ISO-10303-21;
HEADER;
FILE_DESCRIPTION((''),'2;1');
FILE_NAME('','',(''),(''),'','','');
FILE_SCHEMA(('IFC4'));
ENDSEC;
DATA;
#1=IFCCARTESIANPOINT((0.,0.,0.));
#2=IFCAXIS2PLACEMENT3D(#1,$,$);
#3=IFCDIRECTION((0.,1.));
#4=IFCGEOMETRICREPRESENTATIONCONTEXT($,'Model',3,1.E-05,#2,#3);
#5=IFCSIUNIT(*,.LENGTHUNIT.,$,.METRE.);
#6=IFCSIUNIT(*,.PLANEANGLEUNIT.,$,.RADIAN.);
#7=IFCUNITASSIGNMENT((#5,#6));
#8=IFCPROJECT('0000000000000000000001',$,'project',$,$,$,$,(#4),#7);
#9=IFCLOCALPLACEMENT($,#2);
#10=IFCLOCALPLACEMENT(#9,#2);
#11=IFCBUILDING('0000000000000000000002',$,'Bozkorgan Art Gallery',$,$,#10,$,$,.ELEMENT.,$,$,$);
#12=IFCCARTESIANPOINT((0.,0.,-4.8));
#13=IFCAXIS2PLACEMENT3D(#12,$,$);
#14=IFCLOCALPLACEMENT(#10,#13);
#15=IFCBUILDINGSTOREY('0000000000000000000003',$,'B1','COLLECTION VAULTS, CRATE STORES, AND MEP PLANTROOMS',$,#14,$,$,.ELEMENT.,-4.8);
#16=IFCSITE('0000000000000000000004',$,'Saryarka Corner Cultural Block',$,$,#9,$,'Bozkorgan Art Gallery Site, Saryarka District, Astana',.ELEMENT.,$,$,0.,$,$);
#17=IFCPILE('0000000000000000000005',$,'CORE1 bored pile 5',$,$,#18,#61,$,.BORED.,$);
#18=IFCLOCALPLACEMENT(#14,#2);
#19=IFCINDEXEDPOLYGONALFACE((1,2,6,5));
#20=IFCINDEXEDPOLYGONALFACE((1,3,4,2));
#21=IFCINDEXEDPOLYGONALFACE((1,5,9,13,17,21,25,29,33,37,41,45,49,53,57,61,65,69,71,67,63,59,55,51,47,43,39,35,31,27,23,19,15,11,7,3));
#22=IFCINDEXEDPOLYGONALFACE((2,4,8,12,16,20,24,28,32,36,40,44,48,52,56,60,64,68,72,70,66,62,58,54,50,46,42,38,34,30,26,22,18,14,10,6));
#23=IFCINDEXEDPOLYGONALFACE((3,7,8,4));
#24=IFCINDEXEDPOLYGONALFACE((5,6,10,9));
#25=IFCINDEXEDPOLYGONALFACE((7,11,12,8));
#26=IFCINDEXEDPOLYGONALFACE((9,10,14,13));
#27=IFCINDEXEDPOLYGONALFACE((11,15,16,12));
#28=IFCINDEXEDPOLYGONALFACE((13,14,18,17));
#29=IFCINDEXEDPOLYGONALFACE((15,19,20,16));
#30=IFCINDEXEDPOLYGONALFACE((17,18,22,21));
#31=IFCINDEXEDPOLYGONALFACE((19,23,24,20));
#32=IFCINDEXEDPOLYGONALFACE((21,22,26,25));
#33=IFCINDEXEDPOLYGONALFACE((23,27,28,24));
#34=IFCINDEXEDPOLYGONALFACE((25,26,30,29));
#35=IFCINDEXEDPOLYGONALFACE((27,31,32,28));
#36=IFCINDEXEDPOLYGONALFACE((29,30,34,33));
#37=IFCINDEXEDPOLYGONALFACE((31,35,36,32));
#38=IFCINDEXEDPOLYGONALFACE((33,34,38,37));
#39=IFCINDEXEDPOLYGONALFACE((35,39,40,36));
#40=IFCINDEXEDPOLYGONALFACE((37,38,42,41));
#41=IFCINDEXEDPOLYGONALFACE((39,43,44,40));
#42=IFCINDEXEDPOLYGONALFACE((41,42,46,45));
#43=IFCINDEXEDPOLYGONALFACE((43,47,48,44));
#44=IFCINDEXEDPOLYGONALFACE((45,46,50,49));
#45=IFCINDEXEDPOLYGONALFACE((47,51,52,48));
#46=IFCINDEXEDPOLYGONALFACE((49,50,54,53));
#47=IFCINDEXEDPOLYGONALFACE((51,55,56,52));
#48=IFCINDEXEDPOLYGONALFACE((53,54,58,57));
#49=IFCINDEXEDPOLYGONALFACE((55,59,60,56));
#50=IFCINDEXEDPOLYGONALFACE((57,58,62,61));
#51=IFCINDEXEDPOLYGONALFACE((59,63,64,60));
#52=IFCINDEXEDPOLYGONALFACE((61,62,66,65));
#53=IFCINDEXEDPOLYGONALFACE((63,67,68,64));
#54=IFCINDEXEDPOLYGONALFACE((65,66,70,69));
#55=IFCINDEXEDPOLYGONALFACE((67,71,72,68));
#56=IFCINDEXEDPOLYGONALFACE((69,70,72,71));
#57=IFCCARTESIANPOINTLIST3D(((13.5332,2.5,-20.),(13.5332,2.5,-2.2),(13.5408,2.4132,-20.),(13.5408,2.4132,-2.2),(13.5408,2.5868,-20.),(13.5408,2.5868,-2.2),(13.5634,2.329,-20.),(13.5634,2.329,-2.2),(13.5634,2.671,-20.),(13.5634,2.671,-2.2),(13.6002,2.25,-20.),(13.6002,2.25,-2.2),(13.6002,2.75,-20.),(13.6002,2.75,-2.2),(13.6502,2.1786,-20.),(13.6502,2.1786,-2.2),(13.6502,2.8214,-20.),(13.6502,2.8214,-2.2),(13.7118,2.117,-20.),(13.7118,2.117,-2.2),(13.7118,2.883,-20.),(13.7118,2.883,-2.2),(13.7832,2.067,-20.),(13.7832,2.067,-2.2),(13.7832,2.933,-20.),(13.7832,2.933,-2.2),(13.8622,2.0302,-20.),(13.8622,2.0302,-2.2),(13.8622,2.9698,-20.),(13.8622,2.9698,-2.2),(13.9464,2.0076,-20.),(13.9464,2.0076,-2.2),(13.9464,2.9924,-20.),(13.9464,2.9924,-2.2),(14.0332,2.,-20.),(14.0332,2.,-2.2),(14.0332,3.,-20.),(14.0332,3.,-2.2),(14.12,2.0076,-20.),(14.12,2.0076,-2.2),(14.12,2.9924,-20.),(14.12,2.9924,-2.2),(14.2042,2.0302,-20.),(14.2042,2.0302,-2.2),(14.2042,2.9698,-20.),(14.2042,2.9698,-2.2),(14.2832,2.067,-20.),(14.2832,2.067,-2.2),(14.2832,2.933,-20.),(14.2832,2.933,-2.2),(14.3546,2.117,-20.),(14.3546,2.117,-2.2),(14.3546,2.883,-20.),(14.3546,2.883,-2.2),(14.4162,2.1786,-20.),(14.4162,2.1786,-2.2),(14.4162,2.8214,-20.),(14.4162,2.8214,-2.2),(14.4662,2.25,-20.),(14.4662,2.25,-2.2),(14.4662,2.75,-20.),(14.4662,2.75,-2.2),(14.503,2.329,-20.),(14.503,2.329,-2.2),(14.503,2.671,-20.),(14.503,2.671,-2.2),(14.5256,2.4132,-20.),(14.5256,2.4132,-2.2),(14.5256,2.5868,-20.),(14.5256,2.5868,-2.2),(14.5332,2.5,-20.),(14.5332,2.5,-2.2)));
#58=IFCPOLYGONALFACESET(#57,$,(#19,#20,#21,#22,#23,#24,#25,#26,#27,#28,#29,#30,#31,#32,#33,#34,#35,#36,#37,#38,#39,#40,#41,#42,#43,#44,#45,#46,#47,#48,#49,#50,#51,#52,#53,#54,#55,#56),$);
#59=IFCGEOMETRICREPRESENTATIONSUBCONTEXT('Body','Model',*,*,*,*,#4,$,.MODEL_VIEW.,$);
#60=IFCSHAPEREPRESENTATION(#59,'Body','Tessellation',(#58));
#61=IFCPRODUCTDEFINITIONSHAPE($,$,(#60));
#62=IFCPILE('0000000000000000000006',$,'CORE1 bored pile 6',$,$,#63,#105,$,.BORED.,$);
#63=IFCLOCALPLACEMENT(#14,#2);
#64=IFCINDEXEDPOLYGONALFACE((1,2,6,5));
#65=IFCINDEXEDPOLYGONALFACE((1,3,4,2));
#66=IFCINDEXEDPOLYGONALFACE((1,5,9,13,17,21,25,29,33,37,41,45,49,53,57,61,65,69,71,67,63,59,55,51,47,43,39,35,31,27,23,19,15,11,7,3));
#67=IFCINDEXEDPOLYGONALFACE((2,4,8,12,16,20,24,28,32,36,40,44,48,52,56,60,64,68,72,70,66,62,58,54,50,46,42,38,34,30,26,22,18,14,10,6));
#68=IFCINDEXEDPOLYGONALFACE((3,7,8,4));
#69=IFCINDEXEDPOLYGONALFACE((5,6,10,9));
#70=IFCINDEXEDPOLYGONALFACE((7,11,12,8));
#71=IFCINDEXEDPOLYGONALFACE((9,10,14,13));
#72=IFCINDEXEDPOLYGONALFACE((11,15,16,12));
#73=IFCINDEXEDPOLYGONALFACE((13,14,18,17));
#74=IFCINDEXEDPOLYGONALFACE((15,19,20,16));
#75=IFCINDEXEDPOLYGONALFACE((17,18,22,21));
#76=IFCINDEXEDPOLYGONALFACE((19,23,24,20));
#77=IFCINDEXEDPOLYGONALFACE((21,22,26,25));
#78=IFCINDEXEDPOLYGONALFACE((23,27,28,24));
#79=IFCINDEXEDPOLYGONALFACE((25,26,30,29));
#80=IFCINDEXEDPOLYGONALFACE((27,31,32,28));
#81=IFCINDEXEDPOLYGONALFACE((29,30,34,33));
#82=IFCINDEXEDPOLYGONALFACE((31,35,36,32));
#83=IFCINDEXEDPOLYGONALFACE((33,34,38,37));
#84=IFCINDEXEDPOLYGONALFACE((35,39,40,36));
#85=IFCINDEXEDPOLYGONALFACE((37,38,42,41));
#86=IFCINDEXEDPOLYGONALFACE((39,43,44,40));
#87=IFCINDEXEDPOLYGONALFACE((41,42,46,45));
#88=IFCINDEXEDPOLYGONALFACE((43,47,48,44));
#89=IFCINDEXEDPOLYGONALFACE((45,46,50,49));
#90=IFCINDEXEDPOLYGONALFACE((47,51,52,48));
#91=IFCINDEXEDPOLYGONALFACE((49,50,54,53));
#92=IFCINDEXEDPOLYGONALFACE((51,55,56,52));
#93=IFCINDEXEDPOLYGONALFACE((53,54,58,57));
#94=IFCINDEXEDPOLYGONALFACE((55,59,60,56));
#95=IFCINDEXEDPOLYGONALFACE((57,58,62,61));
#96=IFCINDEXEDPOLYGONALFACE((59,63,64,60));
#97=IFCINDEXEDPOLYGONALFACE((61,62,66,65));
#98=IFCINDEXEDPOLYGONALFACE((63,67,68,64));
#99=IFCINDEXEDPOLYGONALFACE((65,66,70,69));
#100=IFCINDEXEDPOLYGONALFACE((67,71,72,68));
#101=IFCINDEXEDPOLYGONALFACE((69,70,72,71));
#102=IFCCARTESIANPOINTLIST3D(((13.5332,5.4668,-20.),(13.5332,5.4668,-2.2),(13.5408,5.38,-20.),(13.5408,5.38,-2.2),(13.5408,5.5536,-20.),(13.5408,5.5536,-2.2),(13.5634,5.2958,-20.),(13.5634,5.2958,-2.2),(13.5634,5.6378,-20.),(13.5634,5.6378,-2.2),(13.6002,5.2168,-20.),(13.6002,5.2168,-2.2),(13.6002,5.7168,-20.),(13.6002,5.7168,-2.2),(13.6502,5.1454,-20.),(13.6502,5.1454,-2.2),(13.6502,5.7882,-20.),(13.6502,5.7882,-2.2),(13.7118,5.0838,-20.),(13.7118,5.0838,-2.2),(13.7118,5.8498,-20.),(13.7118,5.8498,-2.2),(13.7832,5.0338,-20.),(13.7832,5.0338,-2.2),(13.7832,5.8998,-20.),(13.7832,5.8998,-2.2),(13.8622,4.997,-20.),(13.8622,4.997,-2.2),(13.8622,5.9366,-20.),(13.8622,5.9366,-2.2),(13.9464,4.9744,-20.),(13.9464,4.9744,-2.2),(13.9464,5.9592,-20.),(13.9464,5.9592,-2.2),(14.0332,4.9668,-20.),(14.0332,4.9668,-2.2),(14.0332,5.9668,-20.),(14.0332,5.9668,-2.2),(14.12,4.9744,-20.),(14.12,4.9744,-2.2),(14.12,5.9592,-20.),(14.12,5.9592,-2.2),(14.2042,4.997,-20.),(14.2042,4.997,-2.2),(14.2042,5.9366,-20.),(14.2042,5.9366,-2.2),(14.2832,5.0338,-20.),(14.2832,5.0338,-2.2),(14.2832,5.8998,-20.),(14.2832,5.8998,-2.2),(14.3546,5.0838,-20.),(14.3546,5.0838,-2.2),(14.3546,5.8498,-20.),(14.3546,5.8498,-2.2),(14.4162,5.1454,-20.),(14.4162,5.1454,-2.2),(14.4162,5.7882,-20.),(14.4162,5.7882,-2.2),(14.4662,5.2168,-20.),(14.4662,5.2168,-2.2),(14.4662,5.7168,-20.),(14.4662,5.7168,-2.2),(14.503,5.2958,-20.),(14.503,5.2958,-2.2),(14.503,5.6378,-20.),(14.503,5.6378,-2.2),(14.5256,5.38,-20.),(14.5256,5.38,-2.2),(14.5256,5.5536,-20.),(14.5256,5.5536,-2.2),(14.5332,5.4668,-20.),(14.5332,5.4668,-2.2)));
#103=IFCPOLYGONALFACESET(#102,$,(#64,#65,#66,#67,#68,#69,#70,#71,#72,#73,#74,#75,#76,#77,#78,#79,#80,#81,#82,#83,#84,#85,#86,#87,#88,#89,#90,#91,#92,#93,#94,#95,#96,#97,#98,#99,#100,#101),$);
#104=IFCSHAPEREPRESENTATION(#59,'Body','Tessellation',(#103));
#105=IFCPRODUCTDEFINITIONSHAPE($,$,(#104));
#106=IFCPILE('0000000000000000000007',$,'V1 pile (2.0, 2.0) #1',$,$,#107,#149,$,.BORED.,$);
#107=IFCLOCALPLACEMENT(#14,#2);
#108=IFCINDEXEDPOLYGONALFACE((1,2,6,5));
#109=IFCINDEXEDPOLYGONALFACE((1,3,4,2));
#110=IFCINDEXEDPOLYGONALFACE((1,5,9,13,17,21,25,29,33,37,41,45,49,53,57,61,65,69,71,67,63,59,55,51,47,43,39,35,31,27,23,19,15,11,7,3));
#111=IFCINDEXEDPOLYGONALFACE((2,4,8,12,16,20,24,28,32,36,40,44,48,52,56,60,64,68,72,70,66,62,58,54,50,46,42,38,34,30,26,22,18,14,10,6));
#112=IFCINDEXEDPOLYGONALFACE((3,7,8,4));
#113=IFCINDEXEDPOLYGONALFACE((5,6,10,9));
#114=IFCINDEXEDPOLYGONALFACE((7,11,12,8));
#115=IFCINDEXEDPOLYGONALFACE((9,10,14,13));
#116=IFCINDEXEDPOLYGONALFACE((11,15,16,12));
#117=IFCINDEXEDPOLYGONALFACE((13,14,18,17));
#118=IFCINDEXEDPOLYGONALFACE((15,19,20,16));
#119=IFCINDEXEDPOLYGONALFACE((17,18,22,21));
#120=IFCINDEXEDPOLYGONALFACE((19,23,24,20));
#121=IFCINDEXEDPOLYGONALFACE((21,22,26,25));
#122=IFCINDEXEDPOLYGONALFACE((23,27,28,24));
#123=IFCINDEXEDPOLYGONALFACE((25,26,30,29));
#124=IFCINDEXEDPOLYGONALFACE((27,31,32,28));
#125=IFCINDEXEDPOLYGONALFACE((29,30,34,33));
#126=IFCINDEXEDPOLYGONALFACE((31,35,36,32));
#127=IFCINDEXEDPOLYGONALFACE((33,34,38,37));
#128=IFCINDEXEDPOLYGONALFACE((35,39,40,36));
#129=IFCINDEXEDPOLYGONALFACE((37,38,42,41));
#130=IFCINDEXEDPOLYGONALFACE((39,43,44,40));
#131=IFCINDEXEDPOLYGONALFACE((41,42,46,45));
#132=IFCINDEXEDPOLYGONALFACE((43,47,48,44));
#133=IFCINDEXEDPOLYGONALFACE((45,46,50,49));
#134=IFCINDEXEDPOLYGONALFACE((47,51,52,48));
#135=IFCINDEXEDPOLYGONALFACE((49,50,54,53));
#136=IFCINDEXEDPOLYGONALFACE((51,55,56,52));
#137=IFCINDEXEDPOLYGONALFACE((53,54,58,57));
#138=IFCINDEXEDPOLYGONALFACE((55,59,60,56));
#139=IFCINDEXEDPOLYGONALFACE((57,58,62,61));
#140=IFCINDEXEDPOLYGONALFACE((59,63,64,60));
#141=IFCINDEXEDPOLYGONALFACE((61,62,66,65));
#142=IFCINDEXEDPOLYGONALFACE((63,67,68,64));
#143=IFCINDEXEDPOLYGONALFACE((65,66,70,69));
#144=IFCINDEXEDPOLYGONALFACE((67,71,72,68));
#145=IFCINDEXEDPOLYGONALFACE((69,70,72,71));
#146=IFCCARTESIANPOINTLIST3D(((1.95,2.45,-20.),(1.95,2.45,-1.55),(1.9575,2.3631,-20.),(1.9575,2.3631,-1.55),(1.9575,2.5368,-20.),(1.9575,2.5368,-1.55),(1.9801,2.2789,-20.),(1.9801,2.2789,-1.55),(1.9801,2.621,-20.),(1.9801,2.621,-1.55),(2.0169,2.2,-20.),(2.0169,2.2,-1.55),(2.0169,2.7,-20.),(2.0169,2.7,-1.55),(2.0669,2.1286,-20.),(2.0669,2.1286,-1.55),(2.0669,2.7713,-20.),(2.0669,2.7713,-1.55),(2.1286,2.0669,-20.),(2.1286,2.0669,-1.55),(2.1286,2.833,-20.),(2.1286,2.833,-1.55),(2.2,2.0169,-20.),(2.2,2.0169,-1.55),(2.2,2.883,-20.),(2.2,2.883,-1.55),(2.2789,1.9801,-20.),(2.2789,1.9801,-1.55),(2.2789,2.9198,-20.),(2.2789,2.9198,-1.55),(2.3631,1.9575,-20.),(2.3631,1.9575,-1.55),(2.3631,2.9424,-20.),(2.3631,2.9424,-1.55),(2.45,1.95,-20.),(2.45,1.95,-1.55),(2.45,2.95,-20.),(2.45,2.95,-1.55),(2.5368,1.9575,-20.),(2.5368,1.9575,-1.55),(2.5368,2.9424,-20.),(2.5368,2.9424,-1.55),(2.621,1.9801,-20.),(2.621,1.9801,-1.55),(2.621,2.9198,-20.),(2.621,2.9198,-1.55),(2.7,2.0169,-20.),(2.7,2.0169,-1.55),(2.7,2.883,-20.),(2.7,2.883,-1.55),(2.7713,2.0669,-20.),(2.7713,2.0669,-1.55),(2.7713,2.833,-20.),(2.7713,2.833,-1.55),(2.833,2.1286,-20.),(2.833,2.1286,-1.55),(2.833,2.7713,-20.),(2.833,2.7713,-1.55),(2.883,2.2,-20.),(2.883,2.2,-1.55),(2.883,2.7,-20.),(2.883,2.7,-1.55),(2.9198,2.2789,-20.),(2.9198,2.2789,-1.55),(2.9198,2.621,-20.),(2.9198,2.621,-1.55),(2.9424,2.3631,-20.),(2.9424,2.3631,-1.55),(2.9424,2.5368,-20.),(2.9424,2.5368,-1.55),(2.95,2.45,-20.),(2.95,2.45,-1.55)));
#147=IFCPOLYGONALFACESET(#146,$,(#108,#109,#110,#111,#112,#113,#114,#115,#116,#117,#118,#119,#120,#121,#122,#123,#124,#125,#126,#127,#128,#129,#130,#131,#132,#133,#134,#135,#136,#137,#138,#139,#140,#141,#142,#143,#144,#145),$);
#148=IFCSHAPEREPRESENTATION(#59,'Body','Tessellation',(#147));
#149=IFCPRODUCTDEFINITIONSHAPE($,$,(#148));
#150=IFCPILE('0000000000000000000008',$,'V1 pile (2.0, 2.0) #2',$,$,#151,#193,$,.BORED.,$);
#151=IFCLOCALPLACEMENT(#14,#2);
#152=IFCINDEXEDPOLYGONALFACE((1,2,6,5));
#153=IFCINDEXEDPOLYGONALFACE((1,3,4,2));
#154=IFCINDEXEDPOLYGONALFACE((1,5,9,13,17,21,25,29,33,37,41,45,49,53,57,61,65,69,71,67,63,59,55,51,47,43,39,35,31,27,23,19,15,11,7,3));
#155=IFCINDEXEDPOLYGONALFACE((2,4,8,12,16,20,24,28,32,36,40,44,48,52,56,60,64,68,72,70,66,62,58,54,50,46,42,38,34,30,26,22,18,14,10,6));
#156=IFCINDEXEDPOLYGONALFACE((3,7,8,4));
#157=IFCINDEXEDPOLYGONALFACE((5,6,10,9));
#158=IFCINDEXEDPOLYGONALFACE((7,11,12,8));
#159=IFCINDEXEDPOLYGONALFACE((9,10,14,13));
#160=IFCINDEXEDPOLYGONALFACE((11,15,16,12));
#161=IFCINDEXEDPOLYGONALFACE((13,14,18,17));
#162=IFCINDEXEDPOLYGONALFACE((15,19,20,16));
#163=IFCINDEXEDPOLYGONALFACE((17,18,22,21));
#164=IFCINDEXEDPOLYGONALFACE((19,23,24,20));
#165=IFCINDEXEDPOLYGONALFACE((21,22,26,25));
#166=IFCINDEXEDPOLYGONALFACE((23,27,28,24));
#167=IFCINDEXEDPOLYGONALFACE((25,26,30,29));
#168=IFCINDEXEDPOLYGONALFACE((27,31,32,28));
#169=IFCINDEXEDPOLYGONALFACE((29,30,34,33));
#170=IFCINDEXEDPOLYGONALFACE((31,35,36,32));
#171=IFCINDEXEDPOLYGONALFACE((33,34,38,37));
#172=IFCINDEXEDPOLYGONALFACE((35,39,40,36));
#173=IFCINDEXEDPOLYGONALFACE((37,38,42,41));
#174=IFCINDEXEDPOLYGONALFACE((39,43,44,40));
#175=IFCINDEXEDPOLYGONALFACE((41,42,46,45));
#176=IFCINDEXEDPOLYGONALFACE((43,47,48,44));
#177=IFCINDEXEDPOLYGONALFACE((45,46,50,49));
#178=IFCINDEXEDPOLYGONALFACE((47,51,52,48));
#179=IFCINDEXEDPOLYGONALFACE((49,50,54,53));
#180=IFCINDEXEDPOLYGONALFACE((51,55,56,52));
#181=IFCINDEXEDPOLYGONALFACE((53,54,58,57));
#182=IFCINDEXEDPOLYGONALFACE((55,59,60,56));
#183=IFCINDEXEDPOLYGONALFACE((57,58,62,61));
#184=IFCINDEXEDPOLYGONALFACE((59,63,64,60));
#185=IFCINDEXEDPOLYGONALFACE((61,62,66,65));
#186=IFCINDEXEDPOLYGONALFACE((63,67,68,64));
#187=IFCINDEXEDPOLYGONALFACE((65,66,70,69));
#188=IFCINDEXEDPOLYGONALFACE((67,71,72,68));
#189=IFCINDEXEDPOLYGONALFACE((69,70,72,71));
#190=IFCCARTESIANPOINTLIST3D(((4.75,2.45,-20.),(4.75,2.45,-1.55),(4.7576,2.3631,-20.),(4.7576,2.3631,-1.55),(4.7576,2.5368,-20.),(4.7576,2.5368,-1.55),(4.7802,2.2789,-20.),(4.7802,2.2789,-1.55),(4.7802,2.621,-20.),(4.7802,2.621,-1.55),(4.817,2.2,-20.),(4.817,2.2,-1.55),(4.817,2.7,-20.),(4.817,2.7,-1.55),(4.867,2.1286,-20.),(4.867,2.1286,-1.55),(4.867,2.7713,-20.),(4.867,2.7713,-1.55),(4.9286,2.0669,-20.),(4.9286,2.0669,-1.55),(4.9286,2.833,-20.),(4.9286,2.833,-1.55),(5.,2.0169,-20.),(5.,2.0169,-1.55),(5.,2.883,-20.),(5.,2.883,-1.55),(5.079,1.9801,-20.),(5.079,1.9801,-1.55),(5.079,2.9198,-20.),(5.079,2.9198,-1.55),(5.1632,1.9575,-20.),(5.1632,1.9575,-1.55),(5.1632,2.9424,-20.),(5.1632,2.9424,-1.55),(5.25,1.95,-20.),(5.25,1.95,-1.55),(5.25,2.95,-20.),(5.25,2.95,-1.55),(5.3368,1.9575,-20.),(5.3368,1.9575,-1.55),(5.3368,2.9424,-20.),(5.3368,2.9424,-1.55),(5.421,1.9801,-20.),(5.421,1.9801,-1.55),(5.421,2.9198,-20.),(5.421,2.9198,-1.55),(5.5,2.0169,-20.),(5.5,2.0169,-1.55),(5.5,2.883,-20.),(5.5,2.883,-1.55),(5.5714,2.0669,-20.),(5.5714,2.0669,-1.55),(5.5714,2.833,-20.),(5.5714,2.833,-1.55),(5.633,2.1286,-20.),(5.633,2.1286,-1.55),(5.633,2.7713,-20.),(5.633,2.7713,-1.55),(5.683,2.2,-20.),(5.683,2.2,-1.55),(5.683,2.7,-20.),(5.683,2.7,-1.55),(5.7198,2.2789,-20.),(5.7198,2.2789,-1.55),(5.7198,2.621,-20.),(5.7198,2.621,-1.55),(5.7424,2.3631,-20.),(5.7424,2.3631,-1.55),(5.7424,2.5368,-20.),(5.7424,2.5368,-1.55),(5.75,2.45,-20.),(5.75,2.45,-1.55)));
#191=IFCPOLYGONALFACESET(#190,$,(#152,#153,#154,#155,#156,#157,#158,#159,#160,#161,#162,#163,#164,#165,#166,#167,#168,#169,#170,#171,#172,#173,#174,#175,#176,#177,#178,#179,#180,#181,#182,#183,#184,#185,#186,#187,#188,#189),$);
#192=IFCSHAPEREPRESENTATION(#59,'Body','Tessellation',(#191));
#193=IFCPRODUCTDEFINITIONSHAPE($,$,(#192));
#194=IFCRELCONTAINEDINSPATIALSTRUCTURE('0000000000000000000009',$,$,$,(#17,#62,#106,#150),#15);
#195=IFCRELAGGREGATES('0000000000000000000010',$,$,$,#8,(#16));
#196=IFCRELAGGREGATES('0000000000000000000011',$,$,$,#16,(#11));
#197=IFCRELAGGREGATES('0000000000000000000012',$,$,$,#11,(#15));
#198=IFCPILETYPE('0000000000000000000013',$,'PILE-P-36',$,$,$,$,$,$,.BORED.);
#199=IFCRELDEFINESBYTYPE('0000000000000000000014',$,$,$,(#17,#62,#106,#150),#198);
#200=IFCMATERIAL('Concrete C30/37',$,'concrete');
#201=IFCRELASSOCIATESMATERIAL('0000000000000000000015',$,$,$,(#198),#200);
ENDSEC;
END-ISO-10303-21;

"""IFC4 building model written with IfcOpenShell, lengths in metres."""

from ifc_helpers import new_model, si_unit, direction, frame, origin, origin_2d, place, context, subcontext, project, spatial, circle, extrude, material, material_profile, profile_set, type_object, element, save


model = new_model("IFC4")

# Units and contexts
model_context = context("Model", 3, precision=1e-05, world=origin(), true_north=direction((0.0, 1.0)))
body_context = subcontext(model_context, "Body", "Model", "MODEL_VIEW")
ifc_project = project(units=[si_unit("LENGTHUNIT", "METRE"), si_unit("PLANEANGLEUNIT", "RADIAN")], contexts=[model_context])

# Site, building, storey
site_placement = place(None, origin())
site = spatial("IfcSite", under=ifc_project, at=site_placement, Name="Saryarka Corner Cultural Block", LongName="Bozkorgan Art Gallery Site, Saryarka District, Astana", CompositionType="ELEMENT", RefElevation=0.0)
building_placement = place(site_placement, origin())
building = spatial("IfcBuilding", under=site, at=building_placement, Name="Bozkorgan Art Gallery", CompositionType="ELEMENT")
storey_placement = place(building_placement, frame((0.0, 0.0, -4.8)))
storey = spatial("IfcBuildingStorey", under=building, at=storey_placement, Name="B1", Description="COLLECTION VAULTS, CRATE STORES, AND MEP PLANTROOMS", CompositionType="ELEMENT", Elevation=-4.8)

# Shared definitions
ifc_material_1 = material(Name="Concrete C30/37", Category="concrete")

# Piles
ifc_material_profile_1 = material_profile(ifc_material_1, circle(Radius=0.5, at=origin_2d()), Name="PILE D1000")
ifc_profile_set_1 = profile_set([ifc_material_profile_1], Name="Concrete C30/37")
pile_type = type_object("IfcPileType", Name="PILE-P-36", PredefinedType="BORED", material=ifc_profile_set_1)
for number, where, z_axis, x_axis, name in (
    (1, (14.0332, 2.5, -2.2), (0.0, 0.0, -1.0), (1.0, 0.0, 0.0), "CORE1 bored pile 5"),
    (2, (14.0332, 5.4668, -2.2), (0.0, 0.0, -1.0), (1.0, 0.0, 0.0), "CORE1 bored pile 6"),
):
    element("IfcPile", number, at=place(storey_placement, frame(where, z_axis=z_axis, x_axis=x_axis)), inside=storey, type_object=pile_type, Name=name, PredefinedType="BORED", context=body_context, shape_type="SweptSolid", body=[
        extrude(circle(Radius=0.5, at=origin_2d()), origin(), (0.0, 0.0, 1.0), 17.8),
    ])
for number, where, z_axis, x_axis, name in (
    (3, (2.45, 2.45, -1.55), (0.0, 0.0, -1.0), (1.0, 0.0, 0.0), "V1 pile (2.0, 2.0) #1"),
    (4, (5.25, 2.45, -1.55), (0.0, 0.0, -1.0), (1.0, 0.0, 0.0), "V1 pile (2.0, 2.0) #2"),
):
    element("IfcPile", number, at=place(storey_placement, frame(where, z_axis=z_axis, x_axis=x_axis)), inside=storey, type_object=pile_type, Name=name, PredefinedType="BORED", context=body_context, shape_type="SweptSolid", body=[
        extrude(circle(Radius=0.5, at=origin_2d()), origin(), (0.0, 0.0, 1.0), 18.45),
    ])

save(model, "model.ifc")
